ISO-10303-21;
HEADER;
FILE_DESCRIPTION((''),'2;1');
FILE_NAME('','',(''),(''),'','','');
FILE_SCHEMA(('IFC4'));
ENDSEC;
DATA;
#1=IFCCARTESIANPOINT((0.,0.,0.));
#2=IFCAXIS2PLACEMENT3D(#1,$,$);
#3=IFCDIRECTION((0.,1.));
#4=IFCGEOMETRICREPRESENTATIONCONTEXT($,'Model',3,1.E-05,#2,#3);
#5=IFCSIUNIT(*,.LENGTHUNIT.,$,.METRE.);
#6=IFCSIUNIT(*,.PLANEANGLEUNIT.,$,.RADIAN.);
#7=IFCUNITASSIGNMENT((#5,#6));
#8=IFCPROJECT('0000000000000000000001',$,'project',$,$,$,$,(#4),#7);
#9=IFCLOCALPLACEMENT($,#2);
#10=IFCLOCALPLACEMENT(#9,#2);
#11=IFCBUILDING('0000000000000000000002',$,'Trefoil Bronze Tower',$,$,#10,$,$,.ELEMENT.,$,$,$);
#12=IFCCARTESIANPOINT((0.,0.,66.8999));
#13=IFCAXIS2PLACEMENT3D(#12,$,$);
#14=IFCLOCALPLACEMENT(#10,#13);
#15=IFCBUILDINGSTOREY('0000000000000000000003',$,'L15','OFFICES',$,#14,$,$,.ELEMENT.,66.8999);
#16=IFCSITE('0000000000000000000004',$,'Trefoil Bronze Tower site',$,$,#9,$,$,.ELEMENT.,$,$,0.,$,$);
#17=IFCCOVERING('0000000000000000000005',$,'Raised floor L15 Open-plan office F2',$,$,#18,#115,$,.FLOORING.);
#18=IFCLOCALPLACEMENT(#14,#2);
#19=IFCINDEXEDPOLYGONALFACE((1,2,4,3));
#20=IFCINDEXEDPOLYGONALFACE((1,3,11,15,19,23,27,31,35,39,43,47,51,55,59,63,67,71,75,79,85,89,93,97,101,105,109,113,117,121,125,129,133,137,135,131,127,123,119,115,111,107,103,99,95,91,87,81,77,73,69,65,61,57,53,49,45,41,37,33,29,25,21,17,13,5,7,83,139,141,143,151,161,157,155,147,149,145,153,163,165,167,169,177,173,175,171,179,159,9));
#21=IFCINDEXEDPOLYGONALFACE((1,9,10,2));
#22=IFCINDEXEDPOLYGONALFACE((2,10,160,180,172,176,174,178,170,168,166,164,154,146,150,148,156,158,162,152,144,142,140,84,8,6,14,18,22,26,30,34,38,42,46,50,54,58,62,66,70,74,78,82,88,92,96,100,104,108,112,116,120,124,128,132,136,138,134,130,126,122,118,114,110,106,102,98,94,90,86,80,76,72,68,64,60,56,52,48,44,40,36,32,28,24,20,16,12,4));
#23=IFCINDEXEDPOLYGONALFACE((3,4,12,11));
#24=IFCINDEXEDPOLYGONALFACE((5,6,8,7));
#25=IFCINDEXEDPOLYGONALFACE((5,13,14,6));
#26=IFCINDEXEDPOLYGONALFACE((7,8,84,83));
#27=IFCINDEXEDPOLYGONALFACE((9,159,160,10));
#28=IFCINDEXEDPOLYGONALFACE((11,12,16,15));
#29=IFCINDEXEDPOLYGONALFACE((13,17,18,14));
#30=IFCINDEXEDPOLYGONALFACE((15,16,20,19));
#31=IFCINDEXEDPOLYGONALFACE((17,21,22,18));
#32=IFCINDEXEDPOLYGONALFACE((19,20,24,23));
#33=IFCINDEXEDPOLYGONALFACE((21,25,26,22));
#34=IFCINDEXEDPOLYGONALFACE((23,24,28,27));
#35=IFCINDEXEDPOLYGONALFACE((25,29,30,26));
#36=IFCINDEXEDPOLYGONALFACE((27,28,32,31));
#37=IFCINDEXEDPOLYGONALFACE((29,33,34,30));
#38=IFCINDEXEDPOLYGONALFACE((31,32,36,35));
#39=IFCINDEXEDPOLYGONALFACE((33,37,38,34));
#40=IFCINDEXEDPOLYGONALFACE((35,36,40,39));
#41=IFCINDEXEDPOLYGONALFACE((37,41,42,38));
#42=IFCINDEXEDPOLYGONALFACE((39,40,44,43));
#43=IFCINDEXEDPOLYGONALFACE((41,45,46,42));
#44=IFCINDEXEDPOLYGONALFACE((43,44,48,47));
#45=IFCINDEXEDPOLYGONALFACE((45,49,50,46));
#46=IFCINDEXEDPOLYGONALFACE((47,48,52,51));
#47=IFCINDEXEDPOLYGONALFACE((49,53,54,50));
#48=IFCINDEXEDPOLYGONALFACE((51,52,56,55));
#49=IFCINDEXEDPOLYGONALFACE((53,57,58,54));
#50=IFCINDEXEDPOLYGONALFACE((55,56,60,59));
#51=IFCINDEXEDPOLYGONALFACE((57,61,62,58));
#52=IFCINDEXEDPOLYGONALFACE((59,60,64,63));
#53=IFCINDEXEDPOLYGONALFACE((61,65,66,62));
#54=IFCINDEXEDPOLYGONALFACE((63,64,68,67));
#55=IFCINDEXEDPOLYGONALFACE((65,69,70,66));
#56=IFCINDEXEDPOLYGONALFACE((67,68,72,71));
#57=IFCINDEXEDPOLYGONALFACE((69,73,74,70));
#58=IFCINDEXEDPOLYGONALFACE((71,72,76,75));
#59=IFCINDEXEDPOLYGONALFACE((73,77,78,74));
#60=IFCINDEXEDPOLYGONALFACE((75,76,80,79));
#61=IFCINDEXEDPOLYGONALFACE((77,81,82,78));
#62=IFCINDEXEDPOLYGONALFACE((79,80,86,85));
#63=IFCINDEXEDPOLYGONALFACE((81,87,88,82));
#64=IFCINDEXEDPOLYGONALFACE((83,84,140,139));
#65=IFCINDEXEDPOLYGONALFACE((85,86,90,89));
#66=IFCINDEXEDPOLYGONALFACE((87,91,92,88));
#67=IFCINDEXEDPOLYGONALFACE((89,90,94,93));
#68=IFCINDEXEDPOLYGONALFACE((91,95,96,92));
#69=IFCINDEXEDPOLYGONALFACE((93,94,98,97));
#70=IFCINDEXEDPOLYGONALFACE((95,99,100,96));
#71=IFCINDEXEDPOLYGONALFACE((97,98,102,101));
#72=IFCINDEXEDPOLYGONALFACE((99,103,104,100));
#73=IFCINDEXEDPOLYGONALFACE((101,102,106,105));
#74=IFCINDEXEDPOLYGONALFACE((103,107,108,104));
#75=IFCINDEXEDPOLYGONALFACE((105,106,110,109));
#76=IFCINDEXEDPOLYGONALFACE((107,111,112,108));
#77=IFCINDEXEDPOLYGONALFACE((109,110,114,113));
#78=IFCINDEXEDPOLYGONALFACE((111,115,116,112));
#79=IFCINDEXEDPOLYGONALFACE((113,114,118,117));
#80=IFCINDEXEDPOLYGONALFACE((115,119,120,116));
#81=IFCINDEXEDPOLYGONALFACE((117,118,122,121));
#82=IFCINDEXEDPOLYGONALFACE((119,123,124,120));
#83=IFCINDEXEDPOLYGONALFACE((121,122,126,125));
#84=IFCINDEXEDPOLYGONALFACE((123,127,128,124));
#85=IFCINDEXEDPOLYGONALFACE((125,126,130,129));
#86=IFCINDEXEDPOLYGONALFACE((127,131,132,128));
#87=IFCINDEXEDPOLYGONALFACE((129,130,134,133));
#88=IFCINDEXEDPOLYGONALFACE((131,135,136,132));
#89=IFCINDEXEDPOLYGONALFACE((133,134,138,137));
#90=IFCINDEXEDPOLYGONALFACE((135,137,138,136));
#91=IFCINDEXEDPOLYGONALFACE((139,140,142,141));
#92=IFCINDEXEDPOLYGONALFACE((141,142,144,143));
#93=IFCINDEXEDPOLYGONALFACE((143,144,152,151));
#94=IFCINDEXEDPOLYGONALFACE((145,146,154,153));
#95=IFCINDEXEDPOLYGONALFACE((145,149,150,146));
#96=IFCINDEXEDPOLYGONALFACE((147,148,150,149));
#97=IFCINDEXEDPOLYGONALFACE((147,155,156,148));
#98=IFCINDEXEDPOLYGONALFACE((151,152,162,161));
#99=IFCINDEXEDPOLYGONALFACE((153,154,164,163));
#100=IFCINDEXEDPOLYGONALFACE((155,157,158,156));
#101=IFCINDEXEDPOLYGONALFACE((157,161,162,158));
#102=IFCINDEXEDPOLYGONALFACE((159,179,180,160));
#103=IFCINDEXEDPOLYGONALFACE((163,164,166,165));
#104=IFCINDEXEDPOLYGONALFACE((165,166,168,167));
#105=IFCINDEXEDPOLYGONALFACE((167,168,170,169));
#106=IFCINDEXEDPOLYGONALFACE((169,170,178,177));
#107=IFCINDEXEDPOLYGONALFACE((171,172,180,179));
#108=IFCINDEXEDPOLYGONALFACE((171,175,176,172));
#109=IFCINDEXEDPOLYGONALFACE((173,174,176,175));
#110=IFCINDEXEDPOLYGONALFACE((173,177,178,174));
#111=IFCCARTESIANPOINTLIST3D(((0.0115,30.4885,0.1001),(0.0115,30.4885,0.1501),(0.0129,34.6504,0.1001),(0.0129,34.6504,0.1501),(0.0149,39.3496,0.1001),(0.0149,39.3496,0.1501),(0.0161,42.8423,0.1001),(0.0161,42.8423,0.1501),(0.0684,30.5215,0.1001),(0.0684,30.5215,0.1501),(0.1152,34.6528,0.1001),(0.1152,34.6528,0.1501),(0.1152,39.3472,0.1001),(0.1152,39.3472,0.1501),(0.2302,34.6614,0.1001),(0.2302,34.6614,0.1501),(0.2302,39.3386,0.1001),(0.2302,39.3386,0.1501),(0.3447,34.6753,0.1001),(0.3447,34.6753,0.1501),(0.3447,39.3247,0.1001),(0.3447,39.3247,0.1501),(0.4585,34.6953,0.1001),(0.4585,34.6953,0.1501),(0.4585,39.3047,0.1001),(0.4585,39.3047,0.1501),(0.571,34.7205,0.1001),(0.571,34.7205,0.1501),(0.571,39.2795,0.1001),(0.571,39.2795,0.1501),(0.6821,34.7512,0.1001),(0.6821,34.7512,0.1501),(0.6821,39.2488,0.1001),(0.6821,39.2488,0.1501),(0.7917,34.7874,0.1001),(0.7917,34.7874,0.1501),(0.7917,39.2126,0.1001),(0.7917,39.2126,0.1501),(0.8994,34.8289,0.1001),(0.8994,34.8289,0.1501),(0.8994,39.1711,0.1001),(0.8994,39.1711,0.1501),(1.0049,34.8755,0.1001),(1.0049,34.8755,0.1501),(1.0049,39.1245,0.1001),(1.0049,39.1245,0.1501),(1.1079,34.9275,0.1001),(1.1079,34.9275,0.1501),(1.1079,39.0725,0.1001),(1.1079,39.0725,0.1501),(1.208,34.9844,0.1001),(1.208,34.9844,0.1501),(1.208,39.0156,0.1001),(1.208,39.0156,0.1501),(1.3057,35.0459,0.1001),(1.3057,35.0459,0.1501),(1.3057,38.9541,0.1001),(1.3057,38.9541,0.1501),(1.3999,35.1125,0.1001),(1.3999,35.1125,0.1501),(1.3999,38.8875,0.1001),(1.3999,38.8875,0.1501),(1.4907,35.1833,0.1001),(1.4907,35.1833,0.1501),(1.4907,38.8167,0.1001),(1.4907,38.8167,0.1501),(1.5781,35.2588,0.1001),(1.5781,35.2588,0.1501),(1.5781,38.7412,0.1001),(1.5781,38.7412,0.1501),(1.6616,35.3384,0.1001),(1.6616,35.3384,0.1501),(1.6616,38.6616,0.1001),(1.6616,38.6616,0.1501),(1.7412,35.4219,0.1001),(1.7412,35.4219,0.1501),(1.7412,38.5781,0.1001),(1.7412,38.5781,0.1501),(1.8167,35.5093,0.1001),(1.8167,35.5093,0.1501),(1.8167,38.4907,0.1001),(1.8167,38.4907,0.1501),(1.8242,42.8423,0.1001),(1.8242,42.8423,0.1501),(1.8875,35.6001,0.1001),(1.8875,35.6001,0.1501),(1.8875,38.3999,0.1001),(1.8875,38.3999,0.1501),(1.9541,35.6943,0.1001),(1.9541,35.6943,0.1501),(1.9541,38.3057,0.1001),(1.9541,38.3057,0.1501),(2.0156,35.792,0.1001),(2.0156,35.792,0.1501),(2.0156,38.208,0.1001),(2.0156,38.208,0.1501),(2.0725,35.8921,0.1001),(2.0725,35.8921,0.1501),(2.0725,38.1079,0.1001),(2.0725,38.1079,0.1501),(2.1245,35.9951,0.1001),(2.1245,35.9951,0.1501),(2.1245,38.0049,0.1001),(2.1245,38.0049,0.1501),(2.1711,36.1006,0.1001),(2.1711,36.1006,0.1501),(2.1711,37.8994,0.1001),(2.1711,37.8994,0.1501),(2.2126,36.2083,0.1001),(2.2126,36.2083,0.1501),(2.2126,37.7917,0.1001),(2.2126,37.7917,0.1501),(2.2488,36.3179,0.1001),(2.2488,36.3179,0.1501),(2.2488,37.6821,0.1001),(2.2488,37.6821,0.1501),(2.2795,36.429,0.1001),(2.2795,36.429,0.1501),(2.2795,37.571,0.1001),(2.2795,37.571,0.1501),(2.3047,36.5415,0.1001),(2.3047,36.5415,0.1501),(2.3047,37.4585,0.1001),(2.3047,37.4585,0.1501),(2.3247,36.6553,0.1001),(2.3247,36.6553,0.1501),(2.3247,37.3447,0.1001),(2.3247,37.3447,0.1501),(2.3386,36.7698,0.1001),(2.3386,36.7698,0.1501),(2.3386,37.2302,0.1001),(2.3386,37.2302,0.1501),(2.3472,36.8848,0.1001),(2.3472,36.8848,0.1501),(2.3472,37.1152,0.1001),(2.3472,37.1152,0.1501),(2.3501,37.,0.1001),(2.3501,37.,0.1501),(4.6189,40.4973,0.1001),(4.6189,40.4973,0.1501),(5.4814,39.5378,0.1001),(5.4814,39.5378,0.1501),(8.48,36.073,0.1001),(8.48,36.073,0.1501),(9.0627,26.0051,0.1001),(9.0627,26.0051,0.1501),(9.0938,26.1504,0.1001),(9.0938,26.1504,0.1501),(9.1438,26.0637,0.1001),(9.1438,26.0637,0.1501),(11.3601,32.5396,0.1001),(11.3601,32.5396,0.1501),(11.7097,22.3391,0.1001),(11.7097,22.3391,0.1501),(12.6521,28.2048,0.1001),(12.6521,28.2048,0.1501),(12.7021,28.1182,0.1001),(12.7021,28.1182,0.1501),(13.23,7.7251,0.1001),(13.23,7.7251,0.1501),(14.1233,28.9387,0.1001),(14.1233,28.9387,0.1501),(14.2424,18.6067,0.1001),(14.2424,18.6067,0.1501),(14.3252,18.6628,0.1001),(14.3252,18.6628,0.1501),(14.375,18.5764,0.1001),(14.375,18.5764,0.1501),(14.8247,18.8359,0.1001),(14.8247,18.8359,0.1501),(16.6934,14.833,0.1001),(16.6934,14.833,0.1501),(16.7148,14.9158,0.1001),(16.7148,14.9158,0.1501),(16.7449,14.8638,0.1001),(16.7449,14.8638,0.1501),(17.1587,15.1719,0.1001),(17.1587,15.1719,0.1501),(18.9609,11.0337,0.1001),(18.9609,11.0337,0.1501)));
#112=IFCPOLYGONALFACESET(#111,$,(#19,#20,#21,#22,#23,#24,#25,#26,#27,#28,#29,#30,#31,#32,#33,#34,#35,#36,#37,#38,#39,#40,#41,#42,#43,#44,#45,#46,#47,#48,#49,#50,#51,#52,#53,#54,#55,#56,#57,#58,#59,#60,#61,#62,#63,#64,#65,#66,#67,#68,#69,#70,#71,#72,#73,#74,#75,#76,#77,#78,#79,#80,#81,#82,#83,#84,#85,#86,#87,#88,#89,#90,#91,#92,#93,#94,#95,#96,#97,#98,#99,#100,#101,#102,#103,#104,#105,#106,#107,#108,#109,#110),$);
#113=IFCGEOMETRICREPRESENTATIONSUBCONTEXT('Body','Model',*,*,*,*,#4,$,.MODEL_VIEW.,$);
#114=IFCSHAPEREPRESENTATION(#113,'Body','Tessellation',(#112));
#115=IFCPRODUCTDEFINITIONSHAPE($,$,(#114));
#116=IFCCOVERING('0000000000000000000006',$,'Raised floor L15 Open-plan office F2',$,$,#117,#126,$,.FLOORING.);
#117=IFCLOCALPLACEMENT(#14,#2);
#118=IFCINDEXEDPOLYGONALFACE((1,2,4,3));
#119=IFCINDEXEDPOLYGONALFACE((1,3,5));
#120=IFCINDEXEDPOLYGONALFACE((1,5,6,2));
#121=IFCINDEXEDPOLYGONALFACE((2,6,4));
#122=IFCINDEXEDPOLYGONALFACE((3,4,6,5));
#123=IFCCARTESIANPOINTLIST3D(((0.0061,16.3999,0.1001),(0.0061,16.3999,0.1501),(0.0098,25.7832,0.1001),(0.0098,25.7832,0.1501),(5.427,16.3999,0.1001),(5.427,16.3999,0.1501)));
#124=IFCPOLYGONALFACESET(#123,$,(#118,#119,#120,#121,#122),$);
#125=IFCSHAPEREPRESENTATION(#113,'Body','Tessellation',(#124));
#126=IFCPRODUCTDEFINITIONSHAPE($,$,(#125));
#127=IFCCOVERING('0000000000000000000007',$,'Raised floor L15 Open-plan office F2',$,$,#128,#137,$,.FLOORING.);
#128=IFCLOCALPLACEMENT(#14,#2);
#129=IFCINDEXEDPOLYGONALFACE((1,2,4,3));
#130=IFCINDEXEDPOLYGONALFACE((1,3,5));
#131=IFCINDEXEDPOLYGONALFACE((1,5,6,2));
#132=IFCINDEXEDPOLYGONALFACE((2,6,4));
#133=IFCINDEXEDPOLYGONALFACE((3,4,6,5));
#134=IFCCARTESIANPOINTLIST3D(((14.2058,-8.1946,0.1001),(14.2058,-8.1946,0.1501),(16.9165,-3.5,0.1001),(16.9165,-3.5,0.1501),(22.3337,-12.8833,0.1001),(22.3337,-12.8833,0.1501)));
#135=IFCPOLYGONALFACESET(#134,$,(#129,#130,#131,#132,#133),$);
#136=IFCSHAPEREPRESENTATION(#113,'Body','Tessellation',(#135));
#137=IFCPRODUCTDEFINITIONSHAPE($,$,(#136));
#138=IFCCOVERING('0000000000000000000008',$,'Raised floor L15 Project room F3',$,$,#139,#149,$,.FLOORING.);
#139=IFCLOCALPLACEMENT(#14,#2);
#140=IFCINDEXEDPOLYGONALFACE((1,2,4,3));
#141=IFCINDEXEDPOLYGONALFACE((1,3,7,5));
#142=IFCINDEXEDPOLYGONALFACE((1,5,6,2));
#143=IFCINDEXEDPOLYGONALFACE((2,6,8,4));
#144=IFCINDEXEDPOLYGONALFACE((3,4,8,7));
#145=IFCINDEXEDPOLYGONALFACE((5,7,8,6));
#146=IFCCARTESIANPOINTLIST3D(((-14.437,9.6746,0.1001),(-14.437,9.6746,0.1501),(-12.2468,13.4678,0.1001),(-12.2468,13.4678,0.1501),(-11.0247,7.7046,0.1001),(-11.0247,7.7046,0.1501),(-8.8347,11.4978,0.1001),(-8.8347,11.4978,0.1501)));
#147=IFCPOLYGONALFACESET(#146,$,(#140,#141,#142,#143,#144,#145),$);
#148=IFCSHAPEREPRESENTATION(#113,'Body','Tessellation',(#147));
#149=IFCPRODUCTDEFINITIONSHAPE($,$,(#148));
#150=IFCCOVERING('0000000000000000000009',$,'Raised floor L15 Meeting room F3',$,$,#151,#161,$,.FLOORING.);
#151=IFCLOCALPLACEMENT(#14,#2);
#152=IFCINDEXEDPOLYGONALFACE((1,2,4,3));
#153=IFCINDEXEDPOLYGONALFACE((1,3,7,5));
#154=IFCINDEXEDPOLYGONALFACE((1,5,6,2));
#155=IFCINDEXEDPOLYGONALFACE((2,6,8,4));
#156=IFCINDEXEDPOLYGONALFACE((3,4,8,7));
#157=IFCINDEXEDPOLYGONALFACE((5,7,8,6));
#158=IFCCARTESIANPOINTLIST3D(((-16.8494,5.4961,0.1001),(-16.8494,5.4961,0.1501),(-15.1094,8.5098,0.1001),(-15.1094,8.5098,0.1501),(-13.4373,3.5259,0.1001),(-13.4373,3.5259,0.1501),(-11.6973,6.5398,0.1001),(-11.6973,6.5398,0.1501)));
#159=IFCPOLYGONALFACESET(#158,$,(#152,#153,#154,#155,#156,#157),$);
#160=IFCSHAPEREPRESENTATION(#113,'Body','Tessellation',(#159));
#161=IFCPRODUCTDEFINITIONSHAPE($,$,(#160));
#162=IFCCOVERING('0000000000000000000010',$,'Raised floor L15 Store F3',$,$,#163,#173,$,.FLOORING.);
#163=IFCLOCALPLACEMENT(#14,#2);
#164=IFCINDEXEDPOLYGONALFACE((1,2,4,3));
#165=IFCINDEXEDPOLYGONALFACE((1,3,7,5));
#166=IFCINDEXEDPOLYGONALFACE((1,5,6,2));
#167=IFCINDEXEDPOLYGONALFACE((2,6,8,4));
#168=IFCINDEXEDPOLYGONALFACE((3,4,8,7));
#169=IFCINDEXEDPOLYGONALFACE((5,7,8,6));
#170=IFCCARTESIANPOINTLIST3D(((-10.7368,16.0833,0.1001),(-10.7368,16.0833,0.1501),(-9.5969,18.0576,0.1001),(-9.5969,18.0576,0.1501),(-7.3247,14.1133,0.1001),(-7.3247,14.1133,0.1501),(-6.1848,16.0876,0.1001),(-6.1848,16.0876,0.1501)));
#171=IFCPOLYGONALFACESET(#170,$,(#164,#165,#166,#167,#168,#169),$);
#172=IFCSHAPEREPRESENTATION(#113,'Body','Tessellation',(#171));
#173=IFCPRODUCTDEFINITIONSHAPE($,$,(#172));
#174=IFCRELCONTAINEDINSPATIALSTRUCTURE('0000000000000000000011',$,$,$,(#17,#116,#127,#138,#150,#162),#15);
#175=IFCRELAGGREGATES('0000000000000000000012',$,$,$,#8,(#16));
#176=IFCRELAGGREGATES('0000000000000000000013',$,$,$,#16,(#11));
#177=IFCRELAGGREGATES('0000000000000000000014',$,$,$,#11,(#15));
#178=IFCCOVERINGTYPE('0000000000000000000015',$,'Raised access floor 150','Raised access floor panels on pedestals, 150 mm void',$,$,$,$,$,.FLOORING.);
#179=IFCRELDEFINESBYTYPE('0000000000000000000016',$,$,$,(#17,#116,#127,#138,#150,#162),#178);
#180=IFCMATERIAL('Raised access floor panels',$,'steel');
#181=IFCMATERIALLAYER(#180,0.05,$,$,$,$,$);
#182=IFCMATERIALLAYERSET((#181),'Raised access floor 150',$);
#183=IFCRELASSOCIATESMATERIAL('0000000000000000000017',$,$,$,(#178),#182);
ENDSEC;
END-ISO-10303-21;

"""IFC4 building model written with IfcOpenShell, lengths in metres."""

from ifc_helpers import new_model, si_unit, direction, frame, origin, place, context, subcontext, project, spatial, polyline, outline, extrude, material, layer, layer_set, type_object, element, save


model = new_model("IFC4")

# Units and contexts
model_context = context("Model", 3, precision=1e-05, world=origin(), true_north=direction((0.0, 1.0)))
body_context = subcontext(model_context, "Body", "Model", "MODEL_VIEW")
ifc_project = project(units=[si_unit("LENGTHUNIT", "METRE"), si_unit("PLANEANGLEUNIT", "RADIAN")], contexts=[model_context])

# Site, building, storey
site_placement = place(None, origin())
site = spatial("IfcSite", under=ifc_project, at=site_placement, Name="Trefoil Bronze Tower site", CompositionType="ELEMENT", RefElevation=0.0)
building_placement = place(site_placement, origin())
building = spatial("IfcBuilding", under=site, at=building_placement, Name="Trefoil Bronze Tower", CompositionType="ELEMENT")
storey_placement = place(building_placement, frame((0.0, 0.0, 66.8999)))
storey = spatial("IfcBuildingStorey", under=building, at=storey_placement, Name="L15", Description="OFFICES", CompositionType="ELEMENT", Elevation=66.8999)

# Coverings
ifc_material_1 = material(Name="Raised access floor panels", Category="steel")
ifc_layer_1 = layer(ifc_material_1, 0.05)
ifc_layer_set_1 = layer_set([ifc_layer_1], Name="Raised access floor 150")
covering_type_1 = type_object("IfcCoveringType", Name="Raised access floor 150", Description="Raised access floor panels on pedestals, 150 mm void", PredefinedType="FLOORING", material=ifc_layer_set_1)
covering_1_placement = place(storey_placement, frame((0.0, 0.0, 0.1001)))
element("IfcCovering", 1, at=covering_1_placement, inside=storey, type_object=covering_type_1, Name="Raised floor L15 Open-plan office F2", PredefinedType="FLOORING", context=body_context, shape_type="SweptSolid", body=[
    extrude(outline(polyline([(4.6189, 40.4973), (5.4814, 39.5378), (8.48, 36.073), (11.3601, 32.5396), (14.1233, 28.9387), (12.7021, 28.1182), (12.6521, 28.2048), (9.0938, 26.1504), (9.1438, 26.0637), (9.0627, 26.0051), (11.7097, 22.3391), (14.2424, 18.6067), (14.3252, 18.6628), (14.375, 18.5764), (14.8247, 18.8359), (17.1587, 15.1719), (16.7148, 14.9158), (16.7449, 14.8638), (16.6934, 14.833), (18.9609, 11.0337), (13.23, 7.7251), (0.0684, 30.5215), (0.0115, 30.4885), (0.0129, 34.6504), (0.1152, 34.6528), (0.2302, 34.6614), (0.3447, 34.6753), (0.4585, 34.6953), (0.571, 34.7205), (0.6821, 34.7512), (0.7917, 34.7874), (0.8994, 34.8289), (1.0049, 34.8755), (1.1079, 34.9275), (1.208, 34.9844), (1.3057, 35.0459), (1.3999, 35.1125), (1.4907, 35.1833), (1.5781, 35.2588), (1.6616, 35.3384), (1.7412, 35.4219), (1.8167, 35.5093), (1.8875, 35.6001), (1.9541, 35.6943), (2.0156, 35.792), (2.0725, 35.8921), (2.1245, 35.9951), (2.1711, 36.1006), (2.2126, 36.2083), (2.2488, 36.3179), (2.2795, 36.429), (2.3047, 36.5415), (2.3247, 36.6553), (2.3386, 36.7698), (2.3472, 36.8848), (2.3501, 37.0), (2.3472, 37.1152), (2.3386, 37.2302), (2.3247, 37.3447), (2.3047, 37.4585), (2.2795, 37.571), (2.2488, 37.6821), (2.2126, 37.7917), (2.1711, 37.8994), (2.1245, 38.0049), (2.0725, 38.1079), (2.0156, 38.208), (1.9541, 38.3057), (1.8875, 38.3999), (1.8167, 38.4907), (1.7412, 38.5781), (1.6616, 38.6616), (1.5781, 38.7412), (1.4907, 38.8167), (1.3999, 38.8875), (1.3057, 38.9541), (1.208, 39.0156), (1.1079, 39.0725), (1.0049, 39.1245), (0.8994, 39.1711), (0.7917, 39.2126), (0.6821, 39.2488), (0.571, 39.2795), (0.4585, 39.3047), (0.3447, 39.3247), (0.2302, 39.3386), (0.1152, 39.3472), (0.0149, 39.3496), (0.0161, 42.8423), (1.8242, 42.8423), (4.6189, 40.4973)])), origin(), (0.0, 0.0, 1.0), 0.05),
])
covering_2_placement = place(storey_placement, frame((0.0, 0.0, 0.1001)))
element("IfcCovering", 2, at=covering_2_placement, inside=storey, type_object=covering_type_1, Name="Raised floor L15 Open-plan office F2", PredefinedType="FLOORING", context=body_context, shape_type="SweptSolid", body=[
    extrude(outline(polyline([(0.0061, 16.3999), (0.0098, 25.7832), (5.427, 16.3999), (0.0061, 16.3999)])), origin(), (0.0, 0.0, 1.0), 0.05),
])
covering_3_placement = place(storey_placement, frame((0.0, 0.0, 0.1001)))
element("IfcCovering", 3, at=covering_3_placement, inside=storey, type_object=covering_type_1, Name="Raised floor L15 Open-plan office F2", PredefinedType="FLOORING", context=body_context, shape_type="SweptSolid", body=[
    extrude(outline(polyline([(22.3337, -12.8833), (14.2058, -8.1946), (16.9165, -3.5), (22.3337, -12.8833)])), origin(), (0.0, 0.0, 1.0), 0.05),
])
covering_4_placement = place(storey_placement, frame((0.0, 0.0, 0.1001)))
element("IfcCovering", 4, at=covering_4_placement, inside=storey, type_object=covering_type_1, Name="Raised floor L15 Project room F3", PredefinedType="FLOORING", context=body_context, shape_type="SweptSolid", body=[
    extrude(outline(polyline([(-11.0247, 7.7046), (-14.437, 9.6746), (-12.2468, 13.4678), (-8.8347, 11.4978), (-11.0247, 7.7046)])), origin(), (0.0, 0.0, 1.0), 0.05),
])
covering_5_placement = place(storey_placement, frame((0.0, 0.0, 0.1001)))
element("IfcCovering", 5, at=covering_5_placement, inside=storey, type_object=covering_type_1, Name="Raised floor L15 Meeting room F3", PredefinedType="FLOORING", context=body_context, shape_type="SweptSolid", body=[
    extrude(outline(polyline([(-13.4373, 3.5259), (-16.8494, 5.4961), (-15.1094, 8.5098), (-11.6973, 6.5398), (-13.4373, 3.5259)])), origin(), (0.0, 0.0, 1.0), 0.05),
])
covering_6_placement = place(storey_placement, frame((0.0, 0.0, 0.1001)))
element("IfcCovering", 6, at=covering_6_placement, inside=storey, type_object=covering_type_1, Name="Raised floor L15 Store F3", PredefinedType="FLOORING", context=body_context, shape_type="SweptSolid", body=[
    extrude(outline(polyline([(-7.3247, 14.1133), (-10.7368, 16.0833), (-9.5969, 18.0576), (-6.1848, 16.0876), (-7.3247, 14.1133)])), origin(), (0.0, 0.0, 1.0), 0.05),
])

save(model, "model.ifc")
